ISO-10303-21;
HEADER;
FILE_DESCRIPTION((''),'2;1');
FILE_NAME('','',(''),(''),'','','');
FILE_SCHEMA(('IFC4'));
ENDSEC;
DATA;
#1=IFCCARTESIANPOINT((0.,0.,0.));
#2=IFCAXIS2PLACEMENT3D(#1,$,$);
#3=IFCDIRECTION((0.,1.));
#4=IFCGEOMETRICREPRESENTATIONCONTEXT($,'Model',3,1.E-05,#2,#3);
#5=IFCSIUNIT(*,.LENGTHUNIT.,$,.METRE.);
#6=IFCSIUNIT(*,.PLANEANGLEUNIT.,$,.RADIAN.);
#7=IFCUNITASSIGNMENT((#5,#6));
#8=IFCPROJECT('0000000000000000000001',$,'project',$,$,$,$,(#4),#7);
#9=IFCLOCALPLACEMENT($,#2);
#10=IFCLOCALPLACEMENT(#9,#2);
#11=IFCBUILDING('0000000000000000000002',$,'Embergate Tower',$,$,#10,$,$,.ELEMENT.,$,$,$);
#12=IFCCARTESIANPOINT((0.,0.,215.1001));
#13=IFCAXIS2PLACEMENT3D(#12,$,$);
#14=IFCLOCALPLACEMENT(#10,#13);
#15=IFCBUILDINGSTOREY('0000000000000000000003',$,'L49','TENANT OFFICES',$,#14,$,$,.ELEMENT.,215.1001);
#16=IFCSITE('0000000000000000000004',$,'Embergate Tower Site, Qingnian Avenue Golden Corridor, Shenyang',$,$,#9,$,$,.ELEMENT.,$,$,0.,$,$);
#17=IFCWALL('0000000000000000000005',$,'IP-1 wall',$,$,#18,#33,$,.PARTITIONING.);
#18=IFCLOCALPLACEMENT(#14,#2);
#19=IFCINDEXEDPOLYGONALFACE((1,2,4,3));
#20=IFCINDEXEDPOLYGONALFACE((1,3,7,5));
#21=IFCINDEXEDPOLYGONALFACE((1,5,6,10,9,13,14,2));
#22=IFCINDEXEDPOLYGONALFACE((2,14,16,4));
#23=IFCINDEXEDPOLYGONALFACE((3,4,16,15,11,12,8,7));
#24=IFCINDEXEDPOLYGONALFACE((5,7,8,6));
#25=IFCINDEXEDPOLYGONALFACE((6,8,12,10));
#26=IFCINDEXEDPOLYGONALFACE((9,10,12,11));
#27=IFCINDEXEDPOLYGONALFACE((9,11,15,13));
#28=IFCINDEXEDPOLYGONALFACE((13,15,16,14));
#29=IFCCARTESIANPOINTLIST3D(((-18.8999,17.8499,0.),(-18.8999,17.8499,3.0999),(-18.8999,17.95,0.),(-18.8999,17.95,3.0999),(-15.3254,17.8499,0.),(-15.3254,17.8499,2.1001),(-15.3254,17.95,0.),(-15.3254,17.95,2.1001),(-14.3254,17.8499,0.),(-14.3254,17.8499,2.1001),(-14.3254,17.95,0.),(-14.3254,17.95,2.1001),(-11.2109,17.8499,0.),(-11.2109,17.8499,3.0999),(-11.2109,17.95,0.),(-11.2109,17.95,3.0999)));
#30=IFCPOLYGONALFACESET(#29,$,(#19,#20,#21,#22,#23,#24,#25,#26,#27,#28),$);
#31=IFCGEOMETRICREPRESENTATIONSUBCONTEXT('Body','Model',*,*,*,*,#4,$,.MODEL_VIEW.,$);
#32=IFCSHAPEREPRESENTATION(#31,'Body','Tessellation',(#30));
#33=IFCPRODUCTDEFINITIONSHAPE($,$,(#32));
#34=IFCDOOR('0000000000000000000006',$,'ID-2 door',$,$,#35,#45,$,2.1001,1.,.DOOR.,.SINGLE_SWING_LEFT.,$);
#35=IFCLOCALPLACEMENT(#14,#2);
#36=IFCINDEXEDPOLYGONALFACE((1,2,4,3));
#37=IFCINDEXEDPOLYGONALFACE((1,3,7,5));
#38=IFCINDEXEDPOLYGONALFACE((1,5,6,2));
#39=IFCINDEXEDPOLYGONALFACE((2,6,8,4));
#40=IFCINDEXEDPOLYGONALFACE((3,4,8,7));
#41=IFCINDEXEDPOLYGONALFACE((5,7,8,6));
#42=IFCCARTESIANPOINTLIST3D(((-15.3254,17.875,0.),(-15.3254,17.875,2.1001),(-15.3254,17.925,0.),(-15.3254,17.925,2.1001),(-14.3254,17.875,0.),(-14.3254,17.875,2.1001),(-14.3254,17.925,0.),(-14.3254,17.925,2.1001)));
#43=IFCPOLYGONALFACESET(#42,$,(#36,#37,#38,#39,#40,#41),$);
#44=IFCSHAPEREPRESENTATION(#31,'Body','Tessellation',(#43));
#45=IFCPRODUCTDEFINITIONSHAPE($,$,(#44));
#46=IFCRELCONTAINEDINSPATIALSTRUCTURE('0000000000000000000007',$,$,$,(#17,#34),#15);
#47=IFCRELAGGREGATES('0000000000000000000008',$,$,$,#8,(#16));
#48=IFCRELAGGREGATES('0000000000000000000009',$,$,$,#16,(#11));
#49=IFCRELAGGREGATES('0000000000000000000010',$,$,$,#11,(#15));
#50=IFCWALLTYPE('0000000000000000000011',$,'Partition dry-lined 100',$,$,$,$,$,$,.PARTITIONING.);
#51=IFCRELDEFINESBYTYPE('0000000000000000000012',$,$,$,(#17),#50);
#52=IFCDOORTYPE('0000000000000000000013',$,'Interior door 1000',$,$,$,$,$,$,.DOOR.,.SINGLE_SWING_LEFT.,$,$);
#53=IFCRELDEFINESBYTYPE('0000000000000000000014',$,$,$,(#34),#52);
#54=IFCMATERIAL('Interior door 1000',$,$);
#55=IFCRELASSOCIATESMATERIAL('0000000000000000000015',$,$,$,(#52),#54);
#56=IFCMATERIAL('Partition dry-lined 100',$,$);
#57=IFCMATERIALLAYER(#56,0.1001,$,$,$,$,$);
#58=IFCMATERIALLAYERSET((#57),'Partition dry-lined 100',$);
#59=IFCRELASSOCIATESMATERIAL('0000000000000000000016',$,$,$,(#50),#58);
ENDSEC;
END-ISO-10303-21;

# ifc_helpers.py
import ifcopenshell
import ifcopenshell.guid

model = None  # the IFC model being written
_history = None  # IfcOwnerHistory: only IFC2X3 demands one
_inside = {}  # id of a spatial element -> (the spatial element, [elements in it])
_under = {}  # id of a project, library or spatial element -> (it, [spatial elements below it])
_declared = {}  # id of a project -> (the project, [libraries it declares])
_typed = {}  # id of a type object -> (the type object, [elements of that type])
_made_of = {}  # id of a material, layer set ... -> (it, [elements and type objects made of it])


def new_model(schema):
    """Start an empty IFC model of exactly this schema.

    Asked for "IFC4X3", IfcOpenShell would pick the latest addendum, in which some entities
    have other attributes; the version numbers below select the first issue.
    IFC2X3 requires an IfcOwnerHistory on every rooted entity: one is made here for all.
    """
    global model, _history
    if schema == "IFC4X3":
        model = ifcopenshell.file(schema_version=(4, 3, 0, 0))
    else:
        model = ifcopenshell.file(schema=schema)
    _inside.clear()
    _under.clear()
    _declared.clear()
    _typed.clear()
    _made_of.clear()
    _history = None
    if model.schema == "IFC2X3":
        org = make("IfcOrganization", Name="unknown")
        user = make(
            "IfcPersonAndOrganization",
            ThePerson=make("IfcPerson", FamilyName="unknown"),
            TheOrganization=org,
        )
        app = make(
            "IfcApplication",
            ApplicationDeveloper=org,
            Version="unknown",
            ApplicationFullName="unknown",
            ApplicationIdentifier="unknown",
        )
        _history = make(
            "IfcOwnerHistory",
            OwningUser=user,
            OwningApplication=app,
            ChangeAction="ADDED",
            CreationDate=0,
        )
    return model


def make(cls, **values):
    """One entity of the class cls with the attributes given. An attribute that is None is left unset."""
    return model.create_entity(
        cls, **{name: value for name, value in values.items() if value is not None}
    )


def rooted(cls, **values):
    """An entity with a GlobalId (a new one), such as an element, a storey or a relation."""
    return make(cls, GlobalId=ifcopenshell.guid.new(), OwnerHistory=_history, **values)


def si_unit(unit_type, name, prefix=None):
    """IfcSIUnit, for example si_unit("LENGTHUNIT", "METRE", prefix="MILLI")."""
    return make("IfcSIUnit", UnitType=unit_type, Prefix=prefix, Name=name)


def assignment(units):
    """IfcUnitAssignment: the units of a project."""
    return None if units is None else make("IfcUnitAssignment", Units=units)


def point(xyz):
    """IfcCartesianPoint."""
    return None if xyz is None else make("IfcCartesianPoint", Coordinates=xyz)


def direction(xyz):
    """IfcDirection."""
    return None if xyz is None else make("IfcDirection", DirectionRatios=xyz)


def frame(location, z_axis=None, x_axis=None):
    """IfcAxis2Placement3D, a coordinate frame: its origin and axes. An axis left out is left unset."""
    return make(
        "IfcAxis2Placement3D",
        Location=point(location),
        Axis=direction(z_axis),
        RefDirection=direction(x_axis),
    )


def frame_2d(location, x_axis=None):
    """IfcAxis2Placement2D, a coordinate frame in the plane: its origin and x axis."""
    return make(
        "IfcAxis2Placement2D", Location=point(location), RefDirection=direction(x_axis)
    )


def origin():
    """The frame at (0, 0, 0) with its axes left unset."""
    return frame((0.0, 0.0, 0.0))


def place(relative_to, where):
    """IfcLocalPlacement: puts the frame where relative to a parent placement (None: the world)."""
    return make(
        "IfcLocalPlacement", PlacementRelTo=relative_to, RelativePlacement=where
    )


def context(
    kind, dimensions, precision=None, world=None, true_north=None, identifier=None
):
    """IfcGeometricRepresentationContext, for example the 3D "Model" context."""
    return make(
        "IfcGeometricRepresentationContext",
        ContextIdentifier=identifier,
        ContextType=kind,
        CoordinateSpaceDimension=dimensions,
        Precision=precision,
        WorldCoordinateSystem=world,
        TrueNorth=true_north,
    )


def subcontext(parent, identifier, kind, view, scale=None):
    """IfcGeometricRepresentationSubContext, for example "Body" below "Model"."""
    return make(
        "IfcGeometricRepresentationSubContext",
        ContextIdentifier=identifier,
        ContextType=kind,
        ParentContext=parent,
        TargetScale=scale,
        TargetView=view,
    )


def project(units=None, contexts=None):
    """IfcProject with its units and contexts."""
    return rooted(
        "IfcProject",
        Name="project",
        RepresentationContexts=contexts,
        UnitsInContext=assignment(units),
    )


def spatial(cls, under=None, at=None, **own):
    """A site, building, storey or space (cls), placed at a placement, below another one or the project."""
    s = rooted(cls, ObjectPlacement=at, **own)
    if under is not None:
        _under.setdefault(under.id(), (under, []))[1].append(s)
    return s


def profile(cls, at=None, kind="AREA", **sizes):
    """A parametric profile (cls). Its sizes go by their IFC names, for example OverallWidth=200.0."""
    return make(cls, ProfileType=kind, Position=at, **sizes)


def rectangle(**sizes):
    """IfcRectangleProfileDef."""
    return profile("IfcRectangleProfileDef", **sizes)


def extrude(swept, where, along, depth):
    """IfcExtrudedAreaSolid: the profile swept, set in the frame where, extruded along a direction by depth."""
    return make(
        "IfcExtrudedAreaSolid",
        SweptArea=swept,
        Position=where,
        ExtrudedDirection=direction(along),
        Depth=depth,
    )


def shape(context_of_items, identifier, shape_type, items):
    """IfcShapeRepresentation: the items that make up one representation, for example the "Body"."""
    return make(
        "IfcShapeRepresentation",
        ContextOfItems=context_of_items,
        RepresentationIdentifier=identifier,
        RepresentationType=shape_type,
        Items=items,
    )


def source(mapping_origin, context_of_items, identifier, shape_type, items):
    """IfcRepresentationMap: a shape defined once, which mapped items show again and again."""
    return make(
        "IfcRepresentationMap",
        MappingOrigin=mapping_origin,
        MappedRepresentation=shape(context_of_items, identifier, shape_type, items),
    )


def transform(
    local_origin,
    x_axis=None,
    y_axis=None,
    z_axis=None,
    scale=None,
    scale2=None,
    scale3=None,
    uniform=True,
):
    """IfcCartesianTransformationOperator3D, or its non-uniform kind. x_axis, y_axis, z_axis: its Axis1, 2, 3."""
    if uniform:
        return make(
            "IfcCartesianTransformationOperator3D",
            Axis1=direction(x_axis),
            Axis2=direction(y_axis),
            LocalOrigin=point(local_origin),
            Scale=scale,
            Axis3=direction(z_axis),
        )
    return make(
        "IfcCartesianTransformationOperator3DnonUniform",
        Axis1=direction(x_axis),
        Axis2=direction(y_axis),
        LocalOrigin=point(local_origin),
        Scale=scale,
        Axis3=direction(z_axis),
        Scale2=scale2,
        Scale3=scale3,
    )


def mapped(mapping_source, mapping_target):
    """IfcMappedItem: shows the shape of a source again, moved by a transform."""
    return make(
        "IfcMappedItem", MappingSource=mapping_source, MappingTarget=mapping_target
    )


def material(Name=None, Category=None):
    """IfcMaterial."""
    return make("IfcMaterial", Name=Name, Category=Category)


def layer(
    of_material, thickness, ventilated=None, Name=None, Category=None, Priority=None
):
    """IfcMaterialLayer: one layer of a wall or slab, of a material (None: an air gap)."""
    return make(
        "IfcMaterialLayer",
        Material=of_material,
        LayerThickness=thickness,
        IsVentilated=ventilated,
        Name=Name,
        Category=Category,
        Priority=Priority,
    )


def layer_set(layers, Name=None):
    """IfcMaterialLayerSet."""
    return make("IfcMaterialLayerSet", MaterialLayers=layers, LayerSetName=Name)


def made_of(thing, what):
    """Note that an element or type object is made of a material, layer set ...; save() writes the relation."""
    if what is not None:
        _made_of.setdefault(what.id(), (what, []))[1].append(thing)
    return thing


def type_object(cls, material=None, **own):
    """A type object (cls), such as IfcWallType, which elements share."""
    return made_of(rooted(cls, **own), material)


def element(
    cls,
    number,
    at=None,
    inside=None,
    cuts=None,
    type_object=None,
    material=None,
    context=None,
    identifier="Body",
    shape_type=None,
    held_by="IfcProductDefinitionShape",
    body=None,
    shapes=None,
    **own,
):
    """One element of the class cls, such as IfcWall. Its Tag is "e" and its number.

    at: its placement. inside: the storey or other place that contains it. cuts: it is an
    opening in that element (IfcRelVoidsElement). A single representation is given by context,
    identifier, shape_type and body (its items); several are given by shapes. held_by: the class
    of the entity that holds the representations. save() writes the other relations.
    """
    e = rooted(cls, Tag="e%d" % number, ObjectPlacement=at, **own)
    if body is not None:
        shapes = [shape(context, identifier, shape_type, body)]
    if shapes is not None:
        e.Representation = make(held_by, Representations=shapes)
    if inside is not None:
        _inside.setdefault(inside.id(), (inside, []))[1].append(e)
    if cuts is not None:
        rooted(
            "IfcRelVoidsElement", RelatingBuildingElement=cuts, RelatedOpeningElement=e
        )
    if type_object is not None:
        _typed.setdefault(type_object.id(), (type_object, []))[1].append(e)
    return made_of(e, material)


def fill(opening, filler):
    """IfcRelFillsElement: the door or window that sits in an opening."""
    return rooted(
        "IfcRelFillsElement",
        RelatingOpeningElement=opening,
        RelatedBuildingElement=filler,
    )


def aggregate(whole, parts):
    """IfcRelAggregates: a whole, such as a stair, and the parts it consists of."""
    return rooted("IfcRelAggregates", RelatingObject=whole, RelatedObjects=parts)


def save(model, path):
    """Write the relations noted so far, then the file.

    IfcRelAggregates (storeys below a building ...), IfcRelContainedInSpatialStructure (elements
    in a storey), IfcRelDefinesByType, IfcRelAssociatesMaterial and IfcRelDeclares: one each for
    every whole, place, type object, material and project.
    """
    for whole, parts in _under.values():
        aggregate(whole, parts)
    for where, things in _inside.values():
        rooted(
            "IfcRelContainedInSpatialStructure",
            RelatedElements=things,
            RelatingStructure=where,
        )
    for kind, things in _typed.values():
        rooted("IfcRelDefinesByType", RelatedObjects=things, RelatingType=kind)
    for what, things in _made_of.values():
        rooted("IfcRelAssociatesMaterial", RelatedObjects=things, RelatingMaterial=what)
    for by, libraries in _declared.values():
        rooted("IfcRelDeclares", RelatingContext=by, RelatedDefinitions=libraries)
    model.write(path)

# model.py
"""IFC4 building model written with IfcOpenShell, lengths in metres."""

from ifc_helpers import new_model, si_unit, direction, frame, frame_2d, origin, place, context, subcontext, project, spatial, rectangle, extrude, source, transform, mapped, material, layer, layer_set, type_object, element, fill, save


model = new_model("IFC4")

# Units and contexts
model_context = context("Model", 3, precision=1e-05, world=origin(), true_north=direction((0.0, 1.0)))
body_context = subcontext(model_context, "Body", "Model", "MODEL_VIEW")
ifc_project = project(units=[si_unit("LENGTHUNIT", "METRE"), si_unit("PLANEANGLEUNIT", "RADIAN")], contexts=[model_context])

# Site, building, storey
site_placement = place(None, origin())
site = spatial("IfcSite", under=ifc_project, at=site_placement, Name="Embergate Tower Site, Qingnian Avenue Golden Corridor, Shenyang", CompositionType="ELEMENT", RefElevation=0.0)
building_placement = place(site_placement, origin())
building = spatial("IfcBuilding", under=site, at=building_placement, Name="Embergate Tower", CompositionType="ELEMENT")
storey_placement = place(building_placement, frame((0.0, 0.0, 215.1001)))
storey = spatial("IfcBuildingStorey", under=building, at=storey_placement, Name="L49", Description="TENANT OFFICES", CompositionType="ELEMENT", Elevation=215.1001)

# Shared definitions
ifc_material_1 = material(Name="Interior door 1000")
door_type_1 = type_object("IfcDoorType", Name="Interior door 1000", OperationType="SINGLE_SWING_LEFT", PredefinedType="DOOR", material=ifc_material_1)
shared_shape_1 = source(origin(), body_context, "Body", "SweptSolid", [
    extrude(rectangle(XDim=1.0, YDim=2.1001, at=frame_2d((0.5, 1.05))), frame((0.0, 0.0249, 0.0), z_axis=(0.0, -1.0, 0.0), x_axis=(1.0, 0.0, 0.0)), (0.0, 0.0, 1.0), 0.05),
])

# Shared definitions
ifc_material_2 = material(Name="Partition dry-lined 100")
ifc_layer_1 = layer(ifc_material_2, 0.1001)
ifc_layer_set_1 = layer_set([ifc_layer_1], Name="Partition dry-lined 100")
wall_type_1 = type_object("IfcWallType", Name="Partition dry-lined 100", PredefinedType="PARTITIONING", material=ifc_layer_set_1)

# Wall, opening, door
shared_shape_2 = source(origin(), body_context, "Body", "SweptSolid", [
    extrude(rectangle(XDim=7.689, YDim=0.1001, at=frame_2d((3.8445, 0.0))), origin(), (0.0, 0.0, 1.0), 3.0999),
])
wall_1_placement = place(storey_placement, frame((-11.2109, 17.8999, 0.0), z_axis=(0.0, 0.0, 1.0), x_axis=(-1.0, 0.0, 0.0)))
wall_1 = element("IfcWall", 1, at=wall_1_placement, inside=storey, type_object=wall_type_1, Name="IP-1 wall", PredefinedType="PARTITIONING", context=body_context, shape_type="MappedRepresentation", body=[
    mapped(shared_shape_2, transform((0.0, 0.0, 0.0))),
])
shared_shape_3 = source(origin(), body_context, "Body", "SweptSolid", [
    extrude(rectangle(XDim=1.0, YDim=2.1001, at=frame_2d((0.5, 1.05))), frame((0.0, 0.0601, 0.0), z_axis=(0.0, -1.0, 0.0), x_axis=(1.0, 0.0, 0.0)), (0.0, 0.0, 1.0), 0.1201),
])
opening_1_placement = place(wall_1_placement, frame((3.1145, 0.0, 0.0)))
opening_1 = element("IfcOpeningElement", 2, at=opening_1_placement, cuts=wall_1, PredefinedType="OPENING", context=body_context, shape_type="MappedRepresentation", body=[
    mapped(shared_shape_3, transform((0.0, 0.0, 0.0))),
])
door_1_placement = place(opening_1_placement, origin())
door_1 = element("IfcDoor", 3, at=door_1_placement, inside=storey, type_object=door_type_1, Name="ID-2 door", OperationType="SINGLE_SWING_LEFT", OverallHeight=2.1001, OverallWidth=1.0, PredefinedType="DOOR", context=body_context, shape_type="MappedRepresentation", body=[
    mapped(shared_shape_1, transform((0.0, 0.0, 0.0))),
])
fill(opening_1, door_1)

save(model, "model.ifc")
